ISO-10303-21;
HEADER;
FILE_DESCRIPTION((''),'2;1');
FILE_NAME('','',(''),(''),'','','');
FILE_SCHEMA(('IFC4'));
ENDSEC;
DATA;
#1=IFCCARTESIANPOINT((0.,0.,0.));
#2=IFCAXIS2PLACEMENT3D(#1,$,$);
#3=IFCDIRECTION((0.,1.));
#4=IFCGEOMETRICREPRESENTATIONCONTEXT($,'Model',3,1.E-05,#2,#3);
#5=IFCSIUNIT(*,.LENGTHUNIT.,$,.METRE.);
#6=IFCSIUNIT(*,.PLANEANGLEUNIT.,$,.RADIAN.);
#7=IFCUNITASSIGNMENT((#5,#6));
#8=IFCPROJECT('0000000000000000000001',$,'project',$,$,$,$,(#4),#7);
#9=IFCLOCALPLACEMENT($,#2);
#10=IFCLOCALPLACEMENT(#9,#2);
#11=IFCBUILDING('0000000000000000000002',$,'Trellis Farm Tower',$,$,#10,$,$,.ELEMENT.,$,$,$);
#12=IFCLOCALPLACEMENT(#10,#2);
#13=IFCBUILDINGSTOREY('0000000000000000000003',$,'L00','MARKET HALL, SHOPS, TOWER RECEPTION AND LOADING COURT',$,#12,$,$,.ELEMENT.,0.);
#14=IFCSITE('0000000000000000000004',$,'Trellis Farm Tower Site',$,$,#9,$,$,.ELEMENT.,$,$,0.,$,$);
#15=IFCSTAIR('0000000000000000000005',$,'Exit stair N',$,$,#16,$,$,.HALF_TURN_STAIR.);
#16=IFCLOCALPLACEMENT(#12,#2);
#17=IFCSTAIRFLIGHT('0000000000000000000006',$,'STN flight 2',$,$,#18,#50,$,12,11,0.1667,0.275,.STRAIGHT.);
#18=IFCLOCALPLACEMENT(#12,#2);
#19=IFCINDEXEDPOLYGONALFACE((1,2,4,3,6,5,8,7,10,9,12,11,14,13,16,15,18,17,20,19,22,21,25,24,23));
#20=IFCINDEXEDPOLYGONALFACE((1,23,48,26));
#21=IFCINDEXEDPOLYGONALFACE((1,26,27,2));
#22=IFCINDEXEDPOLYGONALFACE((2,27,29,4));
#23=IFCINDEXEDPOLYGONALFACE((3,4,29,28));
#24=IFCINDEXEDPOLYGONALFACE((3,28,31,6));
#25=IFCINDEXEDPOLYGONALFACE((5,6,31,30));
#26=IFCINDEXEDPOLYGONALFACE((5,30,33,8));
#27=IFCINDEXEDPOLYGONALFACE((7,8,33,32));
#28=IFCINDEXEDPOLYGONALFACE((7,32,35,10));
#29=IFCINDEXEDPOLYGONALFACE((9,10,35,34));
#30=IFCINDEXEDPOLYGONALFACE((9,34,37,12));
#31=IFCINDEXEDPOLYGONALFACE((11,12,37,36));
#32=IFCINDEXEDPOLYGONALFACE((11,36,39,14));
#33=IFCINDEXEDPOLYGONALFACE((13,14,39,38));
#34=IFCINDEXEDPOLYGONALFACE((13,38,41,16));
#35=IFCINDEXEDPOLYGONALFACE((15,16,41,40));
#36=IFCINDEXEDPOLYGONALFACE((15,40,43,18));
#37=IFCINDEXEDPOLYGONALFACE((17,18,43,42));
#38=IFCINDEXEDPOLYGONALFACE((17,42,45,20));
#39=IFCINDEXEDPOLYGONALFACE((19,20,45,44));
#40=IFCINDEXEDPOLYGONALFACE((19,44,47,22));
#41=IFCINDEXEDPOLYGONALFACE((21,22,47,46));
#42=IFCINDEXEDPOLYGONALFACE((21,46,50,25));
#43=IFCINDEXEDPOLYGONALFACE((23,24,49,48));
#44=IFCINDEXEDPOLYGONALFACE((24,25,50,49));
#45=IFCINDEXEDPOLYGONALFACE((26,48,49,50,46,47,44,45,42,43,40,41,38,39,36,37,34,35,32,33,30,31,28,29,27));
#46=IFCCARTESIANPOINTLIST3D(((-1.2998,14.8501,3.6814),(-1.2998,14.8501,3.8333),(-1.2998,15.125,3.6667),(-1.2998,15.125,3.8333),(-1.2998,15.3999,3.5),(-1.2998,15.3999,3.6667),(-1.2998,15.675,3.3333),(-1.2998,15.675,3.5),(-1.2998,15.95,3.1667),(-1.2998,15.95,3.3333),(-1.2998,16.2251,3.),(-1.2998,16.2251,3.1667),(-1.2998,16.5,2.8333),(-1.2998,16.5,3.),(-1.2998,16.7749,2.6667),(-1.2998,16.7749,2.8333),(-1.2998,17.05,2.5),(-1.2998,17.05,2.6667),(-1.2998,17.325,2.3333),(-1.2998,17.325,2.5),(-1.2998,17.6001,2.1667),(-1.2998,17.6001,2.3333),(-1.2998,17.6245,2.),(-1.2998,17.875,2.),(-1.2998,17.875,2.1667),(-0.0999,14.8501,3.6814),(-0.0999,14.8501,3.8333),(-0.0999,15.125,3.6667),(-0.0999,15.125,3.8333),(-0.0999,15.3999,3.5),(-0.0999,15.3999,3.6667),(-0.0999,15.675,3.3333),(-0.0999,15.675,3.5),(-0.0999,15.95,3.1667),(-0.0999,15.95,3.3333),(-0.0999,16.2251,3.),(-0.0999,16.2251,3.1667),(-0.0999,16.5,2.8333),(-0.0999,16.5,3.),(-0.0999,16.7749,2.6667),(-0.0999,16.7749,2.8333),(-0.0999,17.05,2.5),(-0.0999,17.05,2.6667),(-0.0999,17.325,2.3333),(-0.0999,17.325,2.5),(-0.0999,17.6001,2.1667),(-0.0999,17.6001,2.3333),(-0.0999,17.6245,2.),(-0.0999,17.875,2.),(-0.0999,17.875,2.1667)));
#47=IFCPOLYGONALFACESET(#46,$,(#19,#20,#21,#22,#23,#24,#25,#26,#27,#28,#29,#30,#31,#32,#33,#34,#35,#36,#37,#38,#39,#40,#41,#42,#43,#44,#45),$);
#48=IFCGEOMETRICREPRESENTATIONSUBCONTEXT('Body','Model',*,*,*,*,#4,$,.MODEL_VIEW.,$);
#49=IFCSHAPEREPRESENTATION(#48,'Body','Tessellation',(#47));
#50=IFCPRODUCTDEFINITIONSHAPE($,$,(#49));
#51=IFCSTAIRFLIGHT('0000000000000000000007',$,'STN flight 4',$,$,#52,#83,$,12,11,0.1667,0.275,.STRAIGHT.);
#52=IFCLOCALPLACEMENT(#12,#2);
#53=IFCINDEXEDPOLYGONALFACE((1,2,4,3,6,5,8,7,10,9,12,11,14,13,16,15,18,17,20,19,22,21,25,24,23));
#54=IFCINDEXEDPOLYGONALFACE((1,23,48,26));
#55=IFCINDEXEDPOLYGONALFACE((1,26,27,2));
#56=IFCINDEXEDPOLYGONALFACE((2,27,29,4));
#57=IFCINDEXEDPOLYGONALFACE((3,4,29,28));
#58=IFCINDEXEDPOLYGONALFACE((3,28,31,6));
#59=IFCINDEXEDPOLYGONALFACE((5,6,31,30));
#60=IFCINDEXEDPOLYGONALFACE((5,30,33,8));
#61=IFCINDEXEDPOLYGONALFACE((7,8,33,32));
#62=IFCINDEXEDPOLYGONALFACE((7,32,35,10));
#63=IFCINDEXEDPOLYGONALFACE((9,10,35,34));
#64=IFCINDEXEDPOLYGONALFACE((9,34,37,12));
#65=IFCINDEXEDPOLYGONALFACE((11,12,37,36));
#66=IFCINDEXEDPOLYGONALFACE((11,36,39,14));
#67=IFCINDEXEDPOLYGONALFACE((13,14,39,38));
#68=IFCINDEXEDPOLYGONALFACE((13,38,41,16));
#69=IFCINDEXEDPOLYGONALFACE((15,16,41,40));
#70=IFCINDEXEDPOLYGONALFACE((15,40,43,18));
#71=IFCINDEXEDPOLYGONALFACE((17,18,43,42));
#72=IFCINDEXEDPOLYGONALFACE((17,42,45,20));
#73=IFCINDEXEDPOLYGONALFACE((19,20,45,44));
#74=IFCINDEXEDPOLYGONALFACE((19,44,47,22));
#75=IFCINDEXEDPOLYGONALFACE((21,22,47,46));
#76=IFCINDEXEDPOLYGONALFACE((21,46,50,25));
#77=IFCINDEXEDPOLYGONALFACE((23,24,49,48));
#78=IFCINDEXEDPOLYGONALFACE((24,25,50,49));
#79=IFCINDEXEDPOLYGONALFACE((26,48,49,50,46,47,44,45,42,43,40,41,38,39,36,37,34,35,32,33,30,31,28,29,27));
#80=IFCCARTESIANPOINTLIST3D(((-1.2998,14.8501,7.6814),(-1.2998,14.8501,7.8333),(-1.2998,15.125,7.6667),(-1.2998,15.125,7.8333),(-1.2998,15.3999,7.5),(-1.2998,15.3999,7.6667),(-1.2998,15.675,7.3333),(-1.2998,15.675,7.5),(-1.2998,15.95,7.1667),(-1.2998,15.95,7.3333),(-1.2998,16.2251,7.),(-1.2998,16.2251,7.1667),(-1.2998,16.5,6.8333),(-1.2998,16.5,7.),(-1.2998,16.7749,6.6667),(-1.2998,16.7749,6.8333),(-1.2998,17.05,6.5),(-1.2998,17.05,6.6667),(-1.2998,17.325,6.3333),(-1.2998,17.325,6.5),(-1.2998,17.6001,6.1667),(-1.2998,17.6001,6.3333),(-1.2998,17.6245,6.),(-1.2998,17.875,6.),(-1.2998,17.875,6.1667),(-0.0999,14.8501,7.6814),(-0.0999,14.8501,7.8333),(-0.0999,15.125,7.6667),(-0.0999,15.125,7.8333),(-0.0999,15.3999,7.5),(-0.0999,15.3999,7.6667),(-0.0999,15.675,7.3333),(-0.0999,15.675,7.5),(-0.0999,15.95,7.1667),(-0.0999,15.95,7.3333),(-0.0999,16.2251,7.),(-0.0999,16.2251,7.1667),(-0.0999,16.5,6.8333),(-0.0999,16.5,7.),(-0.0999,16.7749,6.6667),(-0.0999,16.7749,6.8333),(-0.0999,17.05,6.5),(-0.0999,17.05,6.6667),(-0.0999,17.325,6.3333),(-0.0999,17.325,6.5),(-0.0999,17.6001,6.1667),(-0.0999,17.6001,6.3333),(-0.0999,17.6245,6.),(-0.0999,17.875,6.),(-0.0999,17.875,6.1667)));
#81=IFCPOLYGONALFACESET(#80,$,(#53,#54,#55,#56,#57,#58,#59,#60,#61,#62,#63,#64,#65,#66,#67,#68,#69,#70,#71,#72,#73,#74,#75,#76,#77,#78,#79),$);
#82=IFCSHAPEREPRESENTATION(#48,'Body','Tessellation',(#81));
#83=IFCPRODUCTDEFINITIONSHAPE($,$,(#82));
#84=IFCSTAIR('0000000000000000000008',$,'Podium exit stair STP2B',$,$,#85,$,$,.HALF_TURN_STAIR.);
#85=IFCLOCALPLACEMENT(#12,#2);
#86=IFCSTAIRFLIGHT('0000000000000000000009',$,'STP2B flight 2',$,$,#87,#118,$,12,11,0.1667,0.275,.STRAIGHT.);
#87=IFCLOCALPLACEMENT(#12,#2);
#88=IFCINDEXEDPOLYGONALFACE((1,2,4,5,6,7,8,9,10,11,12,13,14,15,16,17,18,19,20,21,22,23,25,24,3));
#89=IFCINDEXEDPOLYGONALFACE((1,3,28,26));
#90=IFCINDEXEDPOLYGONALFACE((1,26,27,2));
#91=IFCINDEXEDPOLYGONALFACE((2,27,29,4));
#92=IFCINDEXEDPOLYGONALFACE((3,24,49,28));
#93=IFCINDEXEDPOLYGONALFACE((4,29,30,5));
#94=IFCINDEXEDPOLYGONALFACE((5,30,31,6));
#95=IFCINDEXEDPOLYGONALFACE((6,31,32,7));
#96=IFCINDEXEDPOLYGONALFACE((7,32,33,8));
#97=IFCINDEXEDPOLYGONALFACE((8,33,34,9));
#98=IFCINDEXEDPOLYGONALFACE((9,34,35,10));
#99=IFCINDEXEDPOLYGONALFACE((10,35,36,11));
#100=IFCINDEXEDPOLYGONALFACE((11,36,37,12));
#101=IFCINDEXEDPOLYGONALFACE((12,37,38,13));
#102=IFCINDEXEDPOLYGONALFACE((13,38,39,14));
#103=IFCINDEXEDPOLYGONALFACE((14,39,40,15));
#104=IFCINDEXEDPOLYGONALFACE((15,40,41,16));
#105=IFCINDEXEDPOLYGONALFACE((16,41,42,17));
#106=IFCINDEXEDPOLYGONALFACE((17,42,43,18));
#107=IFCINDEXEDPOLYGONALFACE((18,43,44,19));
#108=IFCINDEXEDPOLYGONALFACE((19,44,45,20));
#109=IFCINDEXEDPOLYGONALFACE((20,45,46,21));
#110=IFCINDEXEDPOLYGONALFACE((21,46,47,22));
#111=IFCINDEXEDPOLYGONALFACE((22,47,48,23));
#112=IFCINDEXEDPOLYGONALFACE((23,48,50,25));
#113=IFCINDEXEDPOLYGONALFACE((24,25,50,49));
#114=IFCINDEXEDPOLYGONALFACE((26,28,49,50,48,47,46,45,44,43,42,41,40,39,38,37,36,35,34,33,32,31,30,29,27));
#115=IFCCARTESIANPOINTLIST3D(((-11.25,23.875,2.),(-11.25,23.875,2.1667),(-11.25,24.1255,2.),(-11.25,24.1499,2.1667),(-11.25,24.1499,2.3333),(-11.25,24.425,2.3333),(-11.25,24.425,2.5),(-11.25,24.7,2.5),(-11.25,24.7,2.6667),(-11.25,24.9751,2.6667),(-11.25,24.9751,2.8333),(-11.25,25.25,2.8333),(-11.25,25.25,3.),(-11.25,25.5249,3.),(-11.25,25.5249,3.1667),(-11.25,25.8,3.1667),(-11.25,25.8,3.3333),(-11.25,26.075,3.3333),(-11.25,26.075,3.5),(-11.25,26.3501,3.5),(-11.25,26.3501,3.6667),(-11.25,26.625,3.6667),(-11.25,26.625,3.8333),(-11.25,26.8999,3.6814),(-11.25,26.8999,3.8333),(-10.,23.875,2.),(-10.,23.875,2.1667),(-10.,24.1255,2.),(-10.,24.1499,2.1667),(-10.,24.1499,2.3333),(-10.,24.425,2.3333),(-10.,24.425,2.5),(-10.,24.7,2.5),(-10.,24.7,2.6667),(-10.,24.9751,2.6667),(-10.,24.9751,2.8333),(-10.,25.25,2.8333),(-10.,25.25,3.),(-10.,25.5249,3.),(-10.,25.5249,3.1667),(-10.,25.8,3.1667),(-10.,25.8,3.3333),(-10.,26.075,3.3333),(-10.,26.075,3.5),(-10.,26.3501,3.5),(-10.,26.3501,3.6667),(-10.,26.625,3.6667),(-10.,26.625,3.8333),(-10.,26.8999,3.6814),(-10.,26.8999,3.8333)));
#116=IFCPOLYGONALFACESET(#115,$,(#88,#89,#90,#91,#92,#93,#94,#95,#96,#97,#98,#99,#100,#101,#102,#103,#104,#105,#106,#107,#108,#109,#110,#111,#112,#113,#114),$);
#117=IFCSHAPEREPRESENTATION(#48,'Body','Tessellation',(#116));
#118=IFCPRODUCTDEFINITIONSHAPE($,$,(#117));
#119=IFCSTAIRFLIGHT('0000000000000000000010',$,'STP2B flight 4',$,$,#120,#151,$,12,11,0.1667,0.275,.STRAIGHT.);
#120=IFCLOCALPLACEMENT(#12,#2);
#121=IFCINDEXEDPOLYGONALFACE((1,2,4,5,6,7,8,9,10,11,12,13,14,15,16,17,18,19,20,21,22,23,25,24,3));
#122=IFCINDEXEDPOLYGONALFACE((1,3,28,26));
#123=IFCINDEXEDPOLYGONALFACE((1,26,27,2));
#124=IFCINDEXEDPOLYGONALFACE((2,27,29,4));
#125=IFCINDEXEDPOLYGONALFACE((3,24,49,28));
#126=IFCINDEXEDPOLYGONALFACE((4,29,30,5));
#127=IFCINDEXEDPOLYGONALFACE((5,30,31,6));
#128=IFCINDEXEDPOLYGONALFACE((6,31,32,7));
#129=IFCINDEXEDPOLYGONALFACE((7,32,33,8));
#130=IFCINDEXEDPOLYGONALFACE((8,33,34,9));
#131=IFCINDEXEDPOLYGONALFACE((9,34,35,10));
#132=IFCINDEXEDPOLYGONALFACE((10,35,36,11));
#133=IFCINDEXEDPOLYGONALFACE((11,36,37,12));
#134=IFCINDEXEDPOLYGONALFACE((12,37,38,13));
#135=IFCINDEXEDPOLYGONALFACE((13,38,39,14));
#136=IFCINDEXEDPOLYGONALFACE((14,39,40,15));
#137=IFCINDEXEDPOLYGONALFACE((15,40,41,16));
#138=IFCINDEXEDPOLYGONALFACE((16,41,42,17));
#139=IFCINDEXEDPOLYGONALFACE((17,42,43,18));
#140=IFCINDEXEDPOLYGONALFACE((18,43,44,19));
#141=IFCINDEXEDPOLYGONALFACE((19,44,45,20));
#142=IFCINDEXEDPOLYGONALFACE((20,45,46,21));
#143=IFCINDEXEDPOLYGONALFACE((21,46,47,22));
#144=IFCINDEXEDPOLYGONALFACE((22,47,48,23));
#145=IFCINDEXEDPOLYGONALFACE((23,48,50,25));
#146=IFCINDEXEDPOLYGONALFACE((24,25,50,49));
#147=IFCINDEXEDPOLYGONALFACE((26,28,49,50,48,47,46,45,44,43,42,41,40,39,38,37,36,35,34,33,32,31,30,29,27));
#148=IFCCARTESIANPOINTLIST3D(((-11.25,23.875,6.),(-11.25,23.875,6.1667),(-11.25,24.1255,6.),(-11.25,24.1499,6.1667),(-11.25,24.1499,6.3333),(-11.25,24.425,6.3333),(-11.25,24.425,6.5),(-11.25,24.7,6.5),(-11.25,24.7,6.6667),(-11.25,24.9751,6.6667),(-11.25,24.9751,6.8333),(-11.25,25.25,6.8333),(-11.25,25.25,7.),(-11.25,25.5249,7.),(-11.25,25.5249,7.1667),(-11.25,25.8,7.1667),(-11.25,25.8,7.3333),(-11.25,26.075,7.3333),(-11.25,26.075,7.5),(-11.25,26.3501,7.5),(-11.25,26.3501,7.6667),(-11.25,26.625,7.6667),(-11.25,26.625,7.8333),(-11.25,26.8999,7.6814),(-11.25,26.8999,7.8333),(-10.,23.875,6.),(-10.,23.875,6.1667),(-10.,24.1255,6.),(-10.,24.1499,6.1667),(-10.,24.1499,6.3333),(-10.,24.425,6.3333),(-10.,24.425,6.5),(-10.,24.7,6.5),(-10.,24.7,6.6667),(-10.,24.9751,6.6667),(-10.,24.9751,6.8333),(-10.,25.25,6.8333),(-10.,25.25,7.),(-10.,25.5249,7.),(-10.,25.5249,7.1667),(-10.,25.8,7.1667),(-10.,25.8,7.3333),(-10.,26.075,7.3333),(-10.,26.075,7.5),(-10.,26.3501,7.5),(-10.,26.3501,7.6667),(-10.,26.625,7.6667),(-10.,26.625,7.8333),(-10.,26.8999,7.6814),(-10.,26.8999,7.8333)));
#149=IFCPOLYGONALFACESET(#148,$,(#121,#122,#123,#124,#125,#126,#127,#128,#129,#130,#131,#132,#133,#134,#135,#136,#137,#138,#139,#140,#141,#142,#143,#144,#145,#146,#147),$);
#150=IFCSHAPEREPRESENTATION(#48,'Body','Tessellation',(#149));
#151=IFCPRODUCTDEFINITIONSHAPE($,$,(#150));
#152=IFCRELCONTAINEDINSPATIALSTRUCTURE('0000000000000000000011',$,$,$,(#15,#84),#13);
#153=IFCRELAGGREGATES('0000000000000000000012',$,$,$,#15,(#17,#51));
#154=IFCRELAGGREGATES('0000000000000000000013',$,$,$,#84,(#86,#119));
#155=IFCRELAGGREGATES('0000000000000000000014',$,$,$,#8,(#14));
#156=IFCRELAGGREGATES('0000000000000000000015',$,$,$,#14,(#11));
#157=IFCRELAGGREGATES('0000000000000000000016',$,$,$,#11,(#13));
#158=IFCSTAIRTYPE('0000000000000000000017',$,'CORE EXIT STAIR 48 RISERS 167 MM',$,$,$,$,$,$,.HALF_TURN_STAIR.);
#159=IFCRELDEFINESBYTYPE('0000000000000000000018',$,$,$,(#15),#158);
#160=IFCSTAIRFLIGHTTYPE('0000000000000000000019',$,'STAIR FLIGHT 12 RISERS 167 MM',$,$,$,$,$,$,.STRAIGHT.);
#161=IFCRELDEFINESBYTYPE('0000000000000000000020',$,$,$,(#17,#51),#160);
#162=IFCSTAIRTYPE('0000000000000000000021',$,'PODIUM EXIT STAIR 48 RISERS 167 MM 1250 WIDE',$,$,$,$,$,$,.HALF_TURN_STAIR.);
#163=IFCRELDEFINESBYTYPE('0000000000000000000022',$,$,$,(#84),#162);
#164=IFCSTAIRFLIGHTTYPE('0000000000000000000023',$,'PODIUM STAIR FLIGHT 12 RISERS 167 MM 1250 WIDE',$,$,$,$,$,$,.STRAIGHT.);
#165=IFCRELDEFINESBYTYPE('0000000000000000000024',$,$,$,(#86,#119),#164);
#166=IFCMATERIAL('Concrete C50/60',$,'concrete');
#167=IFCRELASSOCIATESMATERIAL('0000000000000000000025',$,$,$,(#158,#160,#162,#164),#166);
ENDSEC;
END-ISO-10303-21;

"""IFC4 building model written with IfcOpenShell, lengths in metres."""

from ifc_helpers import new_model, si_unit, direction, frame, origin, place, context, subcontext, project, spatial, polyline, outline, extrude, source, transform, mapped, material, type_object, element, aggregate, save


model = new_model("IFC4")

# Units and contexts
model_context = context("Model", 3, precision=1e-05, world=origin(), true_north=direction((0.0, 1.0)))
body_context = subcontext(model_context, "Body", "Model", "MODEL_VIEW")
ifc_project = project(units=[si_unit("LENGTHUNIT", "METRE"), si_unit("PLANEANGLEUNIT", "RADIAN")], contexts=[model_context])

# Site, building, storey
site_placement = place(None, origin())
site = spatial("IfcSite", under=ifc_project, at=site_placement, Name="Trellis Farm Tower Site", CompositionType="ELEMENT", RefElevation=0.0)
building_placement = place(site_placement, origin())
building = spatial("IfcBuilding", under=site, at=building_placement, Name="Trellis Farm Tower", CompositionType="ELEMENT")
storey_placement = place(building_placement, origin())
storey = spatial("IfcBuildingStorey", under=building, at=storey_placement, Name="L00", Description="MARKET HALL, SHOPS, TOWER RECEPTION AND LOADING COURT", CompositionType="ELEMENT", Elevation=0.0)

# Stairs, stair flights
ifc_material_1 = material(Name="Concrete C50/60", Category="concrete")
stair_type_1 = type_object("IfcStairType", Name="CORE EXIT STAIR 48 RISERS 167 MM", PredefinedType="HALF_TURN_STAIR", material=ifc_material_1)
placement = place(storey_placement, origin())
stair_1 = element("IfcStair", 1, at=placement, inside=storey, type_object=stair_type_1, Name="Exit stair N", PredefinedType="HALF_TURN_STAIR")
stair_flight_type_1 = type_object("IfcStairFlightType", Name="STAIR FLIGHT 12 RISERS 167 MM", PredefinedType="STRAIGHT", material=ifc_material_1)
shared_shape_1 = source(origin(), body_context, "Body", "SweptSolid", [
    extrude(outline(polyline([(0.0, 0.0), (0.0, 0.1667), (0.2749, 0.1667), (0.2749, 0.3333), (0.55, 0.3333), (0.55, 0.5), (0.825, 0.5), (0.825, 0.6667), (1.1001, 0.6667), (1.1001, 0.8333), (1.375, 0.8333), (1.375, 1.0), (1.6499, 1.0), (1.6499, 1.1667), (1.925, 1.1667), (1.925, 1.3333), (2.2, 1.3333), (2.2, 1.5), (2.4751, 1.5), (2.4751, 1.6667), (2.75, 1.6667), (2.75, 1.8333), (3.0249, 1.8333), (3.0249, 2.0), (3.0249, 1.6814), (0.2505, 0.0), (0.0, 0.0)])), frame((0.0, 0.6001, 0.0), z_axis=(0.0, -1.0, 0.0), x_axis=(1.0, 0.0, 0.0)), (0.0, 0.0, 1.0), 1.2),
])
stair_flight_1_placement = place(storey_placement, frame((-0.7, 17.875, 2.0), z_axis=(0.0, 0.0, 1.0), x_axis=(0.0, -1.0, 0.0)))
stair_flight_1 = element("IfcStairFlight", 2, at=stair_flight_1_placement, type_object=stair_flight_type_1, Name="STN flight 2", NumberOfRisers=12, NumberOfTreads=11, PredefinedType="STRAIGHT", RiserHeight=0.1667, TreadLength=0.275, context=body_context, shape_type="MappedRepresentation", body=[
    mapped(shared_shape_1, transform((0.0, 0.0, 0.0))),
])
stair_flight_2_placement = place(storey_placement, frame((-0.7, 17.875, 6.0), z_axis=(0.0, 0.0, 1.0), x_axis=(0.0, -1.0, 0.0)))
stair_flight_2 = element("IfcStairFlight", 3, at=stair_flight_2_placement, type_object=stair_flight_type_1, Name="STN flight 4", NumberOfRisers=12, NumberOfTreads=11, PredefinedType="STRAIGHT", RiserHeight=0.1667, TreadLength=0.275, context=body_context, shape_type="MappedRepresentation", body=[
    mapped(shared_shape_1, transform((0.0, 0.0, 0.0))),
])
aggregate(stair_1, [stair_flight_1, stair_flight_2])
stair_type_2 = type_object("IfcStairType", Name="PODIUM EXIT STAIR 48 RISERS 167 MM 1250 WIDE", PredefinedType="HALF_TURN_STAIR", material=ifc_material_1)
stair_2 = element("IfcStair", 4, at=placement, inside=storey, type_object=stair_type_2, Name="Podium exit stair STP2B", PredefinedType="HALF_TURN_STAIR")
stair_flight_type_2 = type_object("IfcStairFlightType", Name="PODIUM STAIR FLIGHT 12 RISERS 167 MM 1250 WIDE", PredefinedType="STRAIGHT", material=ifc_material_1)
shared_shape_2 = source(origin(), body_context, "Body", "SweptSolid", [
    extrude(outline(polyline([(0.0, 0.0), (0.0, 0.1667), (0.2749, 0.1667), (0.2749, 0.3333), (0.55, 0.3333), (0.55, 0.5), (0.825, 0.5), (0.825, 0.6667), (1.1001, 0.6667), (1.1001, 0.8333), (1.375, 0.8333), (1.375, 1.0), (1.6499, 1.0), (1.6499, 1.1667), (1.925, 1.1667), (1.925, 1.3333), (2.2, 1.3333), (2.2, 1.5), (2.4751, 1.5), (2.4751, 1.6667), (2.75, 1.6667), (2.75, 1.8333), (3.0249, 1.8333), (3.0249, 2.0), (3.0249, 1.6814), (0.2505, 0.0), (0.0, 0.0)])), frame((0.0, 0.625, 0.0), z_axis=(0.0, -1.0, 0.0), x_axis=(1.0, 0.0, 0.0)), (0.0, 0.0, 1.0), 1.25),
])
stair_flight_3_placement = place(storey_placement, frame((-10.625, 23.875, 2.0), z_axis=(0.0, 0.0, 1.0), x_axis=(0.0, 1.0, 0.0)))
stair_flight_3 = element("IfcStairFlight", 5, at=stair_flight_3_placement, type_object=stair_flight_type_2, Name="STP2B flight 2", NumberOfRisers=12, NumberOfTreads=11, PredefinedType="STRAIGHT", RiserHeight=0.1667, TreadLength=0.275, context=body_context, shape_type="MappedRepresentation", body=[
    mapped(shared_shape_2, transform((0.0, 0.0, 0.0))),
])
stair_flight_4_placement = place(storey_placement, frame((-10.625, 23.875, 6.0), z_axis=(0.0, 0.0, 1.0), x_axis=(0.0, 1.0, 0.0)))
stair_flight_4 = element("IfcStairFlight", 6, at=stair_flight_4_placement, type_object=stair_flight_type_2, Name="STP2B flight 4", NumberOfRisers=12, NumberOfTreads=11, PredefinedType="STRAIGHT", RiserHeight=0.1667, TreadLength=0.275, context=body_context, shape_type="MappedRepresentation", body=[
    mapped(shared_shape_2, transform((0.0, 0.0, 0.0))),
])
aggregate(stair_2, [stair_flight_3, stair_flight_4])

save(model, "model.ifc")
